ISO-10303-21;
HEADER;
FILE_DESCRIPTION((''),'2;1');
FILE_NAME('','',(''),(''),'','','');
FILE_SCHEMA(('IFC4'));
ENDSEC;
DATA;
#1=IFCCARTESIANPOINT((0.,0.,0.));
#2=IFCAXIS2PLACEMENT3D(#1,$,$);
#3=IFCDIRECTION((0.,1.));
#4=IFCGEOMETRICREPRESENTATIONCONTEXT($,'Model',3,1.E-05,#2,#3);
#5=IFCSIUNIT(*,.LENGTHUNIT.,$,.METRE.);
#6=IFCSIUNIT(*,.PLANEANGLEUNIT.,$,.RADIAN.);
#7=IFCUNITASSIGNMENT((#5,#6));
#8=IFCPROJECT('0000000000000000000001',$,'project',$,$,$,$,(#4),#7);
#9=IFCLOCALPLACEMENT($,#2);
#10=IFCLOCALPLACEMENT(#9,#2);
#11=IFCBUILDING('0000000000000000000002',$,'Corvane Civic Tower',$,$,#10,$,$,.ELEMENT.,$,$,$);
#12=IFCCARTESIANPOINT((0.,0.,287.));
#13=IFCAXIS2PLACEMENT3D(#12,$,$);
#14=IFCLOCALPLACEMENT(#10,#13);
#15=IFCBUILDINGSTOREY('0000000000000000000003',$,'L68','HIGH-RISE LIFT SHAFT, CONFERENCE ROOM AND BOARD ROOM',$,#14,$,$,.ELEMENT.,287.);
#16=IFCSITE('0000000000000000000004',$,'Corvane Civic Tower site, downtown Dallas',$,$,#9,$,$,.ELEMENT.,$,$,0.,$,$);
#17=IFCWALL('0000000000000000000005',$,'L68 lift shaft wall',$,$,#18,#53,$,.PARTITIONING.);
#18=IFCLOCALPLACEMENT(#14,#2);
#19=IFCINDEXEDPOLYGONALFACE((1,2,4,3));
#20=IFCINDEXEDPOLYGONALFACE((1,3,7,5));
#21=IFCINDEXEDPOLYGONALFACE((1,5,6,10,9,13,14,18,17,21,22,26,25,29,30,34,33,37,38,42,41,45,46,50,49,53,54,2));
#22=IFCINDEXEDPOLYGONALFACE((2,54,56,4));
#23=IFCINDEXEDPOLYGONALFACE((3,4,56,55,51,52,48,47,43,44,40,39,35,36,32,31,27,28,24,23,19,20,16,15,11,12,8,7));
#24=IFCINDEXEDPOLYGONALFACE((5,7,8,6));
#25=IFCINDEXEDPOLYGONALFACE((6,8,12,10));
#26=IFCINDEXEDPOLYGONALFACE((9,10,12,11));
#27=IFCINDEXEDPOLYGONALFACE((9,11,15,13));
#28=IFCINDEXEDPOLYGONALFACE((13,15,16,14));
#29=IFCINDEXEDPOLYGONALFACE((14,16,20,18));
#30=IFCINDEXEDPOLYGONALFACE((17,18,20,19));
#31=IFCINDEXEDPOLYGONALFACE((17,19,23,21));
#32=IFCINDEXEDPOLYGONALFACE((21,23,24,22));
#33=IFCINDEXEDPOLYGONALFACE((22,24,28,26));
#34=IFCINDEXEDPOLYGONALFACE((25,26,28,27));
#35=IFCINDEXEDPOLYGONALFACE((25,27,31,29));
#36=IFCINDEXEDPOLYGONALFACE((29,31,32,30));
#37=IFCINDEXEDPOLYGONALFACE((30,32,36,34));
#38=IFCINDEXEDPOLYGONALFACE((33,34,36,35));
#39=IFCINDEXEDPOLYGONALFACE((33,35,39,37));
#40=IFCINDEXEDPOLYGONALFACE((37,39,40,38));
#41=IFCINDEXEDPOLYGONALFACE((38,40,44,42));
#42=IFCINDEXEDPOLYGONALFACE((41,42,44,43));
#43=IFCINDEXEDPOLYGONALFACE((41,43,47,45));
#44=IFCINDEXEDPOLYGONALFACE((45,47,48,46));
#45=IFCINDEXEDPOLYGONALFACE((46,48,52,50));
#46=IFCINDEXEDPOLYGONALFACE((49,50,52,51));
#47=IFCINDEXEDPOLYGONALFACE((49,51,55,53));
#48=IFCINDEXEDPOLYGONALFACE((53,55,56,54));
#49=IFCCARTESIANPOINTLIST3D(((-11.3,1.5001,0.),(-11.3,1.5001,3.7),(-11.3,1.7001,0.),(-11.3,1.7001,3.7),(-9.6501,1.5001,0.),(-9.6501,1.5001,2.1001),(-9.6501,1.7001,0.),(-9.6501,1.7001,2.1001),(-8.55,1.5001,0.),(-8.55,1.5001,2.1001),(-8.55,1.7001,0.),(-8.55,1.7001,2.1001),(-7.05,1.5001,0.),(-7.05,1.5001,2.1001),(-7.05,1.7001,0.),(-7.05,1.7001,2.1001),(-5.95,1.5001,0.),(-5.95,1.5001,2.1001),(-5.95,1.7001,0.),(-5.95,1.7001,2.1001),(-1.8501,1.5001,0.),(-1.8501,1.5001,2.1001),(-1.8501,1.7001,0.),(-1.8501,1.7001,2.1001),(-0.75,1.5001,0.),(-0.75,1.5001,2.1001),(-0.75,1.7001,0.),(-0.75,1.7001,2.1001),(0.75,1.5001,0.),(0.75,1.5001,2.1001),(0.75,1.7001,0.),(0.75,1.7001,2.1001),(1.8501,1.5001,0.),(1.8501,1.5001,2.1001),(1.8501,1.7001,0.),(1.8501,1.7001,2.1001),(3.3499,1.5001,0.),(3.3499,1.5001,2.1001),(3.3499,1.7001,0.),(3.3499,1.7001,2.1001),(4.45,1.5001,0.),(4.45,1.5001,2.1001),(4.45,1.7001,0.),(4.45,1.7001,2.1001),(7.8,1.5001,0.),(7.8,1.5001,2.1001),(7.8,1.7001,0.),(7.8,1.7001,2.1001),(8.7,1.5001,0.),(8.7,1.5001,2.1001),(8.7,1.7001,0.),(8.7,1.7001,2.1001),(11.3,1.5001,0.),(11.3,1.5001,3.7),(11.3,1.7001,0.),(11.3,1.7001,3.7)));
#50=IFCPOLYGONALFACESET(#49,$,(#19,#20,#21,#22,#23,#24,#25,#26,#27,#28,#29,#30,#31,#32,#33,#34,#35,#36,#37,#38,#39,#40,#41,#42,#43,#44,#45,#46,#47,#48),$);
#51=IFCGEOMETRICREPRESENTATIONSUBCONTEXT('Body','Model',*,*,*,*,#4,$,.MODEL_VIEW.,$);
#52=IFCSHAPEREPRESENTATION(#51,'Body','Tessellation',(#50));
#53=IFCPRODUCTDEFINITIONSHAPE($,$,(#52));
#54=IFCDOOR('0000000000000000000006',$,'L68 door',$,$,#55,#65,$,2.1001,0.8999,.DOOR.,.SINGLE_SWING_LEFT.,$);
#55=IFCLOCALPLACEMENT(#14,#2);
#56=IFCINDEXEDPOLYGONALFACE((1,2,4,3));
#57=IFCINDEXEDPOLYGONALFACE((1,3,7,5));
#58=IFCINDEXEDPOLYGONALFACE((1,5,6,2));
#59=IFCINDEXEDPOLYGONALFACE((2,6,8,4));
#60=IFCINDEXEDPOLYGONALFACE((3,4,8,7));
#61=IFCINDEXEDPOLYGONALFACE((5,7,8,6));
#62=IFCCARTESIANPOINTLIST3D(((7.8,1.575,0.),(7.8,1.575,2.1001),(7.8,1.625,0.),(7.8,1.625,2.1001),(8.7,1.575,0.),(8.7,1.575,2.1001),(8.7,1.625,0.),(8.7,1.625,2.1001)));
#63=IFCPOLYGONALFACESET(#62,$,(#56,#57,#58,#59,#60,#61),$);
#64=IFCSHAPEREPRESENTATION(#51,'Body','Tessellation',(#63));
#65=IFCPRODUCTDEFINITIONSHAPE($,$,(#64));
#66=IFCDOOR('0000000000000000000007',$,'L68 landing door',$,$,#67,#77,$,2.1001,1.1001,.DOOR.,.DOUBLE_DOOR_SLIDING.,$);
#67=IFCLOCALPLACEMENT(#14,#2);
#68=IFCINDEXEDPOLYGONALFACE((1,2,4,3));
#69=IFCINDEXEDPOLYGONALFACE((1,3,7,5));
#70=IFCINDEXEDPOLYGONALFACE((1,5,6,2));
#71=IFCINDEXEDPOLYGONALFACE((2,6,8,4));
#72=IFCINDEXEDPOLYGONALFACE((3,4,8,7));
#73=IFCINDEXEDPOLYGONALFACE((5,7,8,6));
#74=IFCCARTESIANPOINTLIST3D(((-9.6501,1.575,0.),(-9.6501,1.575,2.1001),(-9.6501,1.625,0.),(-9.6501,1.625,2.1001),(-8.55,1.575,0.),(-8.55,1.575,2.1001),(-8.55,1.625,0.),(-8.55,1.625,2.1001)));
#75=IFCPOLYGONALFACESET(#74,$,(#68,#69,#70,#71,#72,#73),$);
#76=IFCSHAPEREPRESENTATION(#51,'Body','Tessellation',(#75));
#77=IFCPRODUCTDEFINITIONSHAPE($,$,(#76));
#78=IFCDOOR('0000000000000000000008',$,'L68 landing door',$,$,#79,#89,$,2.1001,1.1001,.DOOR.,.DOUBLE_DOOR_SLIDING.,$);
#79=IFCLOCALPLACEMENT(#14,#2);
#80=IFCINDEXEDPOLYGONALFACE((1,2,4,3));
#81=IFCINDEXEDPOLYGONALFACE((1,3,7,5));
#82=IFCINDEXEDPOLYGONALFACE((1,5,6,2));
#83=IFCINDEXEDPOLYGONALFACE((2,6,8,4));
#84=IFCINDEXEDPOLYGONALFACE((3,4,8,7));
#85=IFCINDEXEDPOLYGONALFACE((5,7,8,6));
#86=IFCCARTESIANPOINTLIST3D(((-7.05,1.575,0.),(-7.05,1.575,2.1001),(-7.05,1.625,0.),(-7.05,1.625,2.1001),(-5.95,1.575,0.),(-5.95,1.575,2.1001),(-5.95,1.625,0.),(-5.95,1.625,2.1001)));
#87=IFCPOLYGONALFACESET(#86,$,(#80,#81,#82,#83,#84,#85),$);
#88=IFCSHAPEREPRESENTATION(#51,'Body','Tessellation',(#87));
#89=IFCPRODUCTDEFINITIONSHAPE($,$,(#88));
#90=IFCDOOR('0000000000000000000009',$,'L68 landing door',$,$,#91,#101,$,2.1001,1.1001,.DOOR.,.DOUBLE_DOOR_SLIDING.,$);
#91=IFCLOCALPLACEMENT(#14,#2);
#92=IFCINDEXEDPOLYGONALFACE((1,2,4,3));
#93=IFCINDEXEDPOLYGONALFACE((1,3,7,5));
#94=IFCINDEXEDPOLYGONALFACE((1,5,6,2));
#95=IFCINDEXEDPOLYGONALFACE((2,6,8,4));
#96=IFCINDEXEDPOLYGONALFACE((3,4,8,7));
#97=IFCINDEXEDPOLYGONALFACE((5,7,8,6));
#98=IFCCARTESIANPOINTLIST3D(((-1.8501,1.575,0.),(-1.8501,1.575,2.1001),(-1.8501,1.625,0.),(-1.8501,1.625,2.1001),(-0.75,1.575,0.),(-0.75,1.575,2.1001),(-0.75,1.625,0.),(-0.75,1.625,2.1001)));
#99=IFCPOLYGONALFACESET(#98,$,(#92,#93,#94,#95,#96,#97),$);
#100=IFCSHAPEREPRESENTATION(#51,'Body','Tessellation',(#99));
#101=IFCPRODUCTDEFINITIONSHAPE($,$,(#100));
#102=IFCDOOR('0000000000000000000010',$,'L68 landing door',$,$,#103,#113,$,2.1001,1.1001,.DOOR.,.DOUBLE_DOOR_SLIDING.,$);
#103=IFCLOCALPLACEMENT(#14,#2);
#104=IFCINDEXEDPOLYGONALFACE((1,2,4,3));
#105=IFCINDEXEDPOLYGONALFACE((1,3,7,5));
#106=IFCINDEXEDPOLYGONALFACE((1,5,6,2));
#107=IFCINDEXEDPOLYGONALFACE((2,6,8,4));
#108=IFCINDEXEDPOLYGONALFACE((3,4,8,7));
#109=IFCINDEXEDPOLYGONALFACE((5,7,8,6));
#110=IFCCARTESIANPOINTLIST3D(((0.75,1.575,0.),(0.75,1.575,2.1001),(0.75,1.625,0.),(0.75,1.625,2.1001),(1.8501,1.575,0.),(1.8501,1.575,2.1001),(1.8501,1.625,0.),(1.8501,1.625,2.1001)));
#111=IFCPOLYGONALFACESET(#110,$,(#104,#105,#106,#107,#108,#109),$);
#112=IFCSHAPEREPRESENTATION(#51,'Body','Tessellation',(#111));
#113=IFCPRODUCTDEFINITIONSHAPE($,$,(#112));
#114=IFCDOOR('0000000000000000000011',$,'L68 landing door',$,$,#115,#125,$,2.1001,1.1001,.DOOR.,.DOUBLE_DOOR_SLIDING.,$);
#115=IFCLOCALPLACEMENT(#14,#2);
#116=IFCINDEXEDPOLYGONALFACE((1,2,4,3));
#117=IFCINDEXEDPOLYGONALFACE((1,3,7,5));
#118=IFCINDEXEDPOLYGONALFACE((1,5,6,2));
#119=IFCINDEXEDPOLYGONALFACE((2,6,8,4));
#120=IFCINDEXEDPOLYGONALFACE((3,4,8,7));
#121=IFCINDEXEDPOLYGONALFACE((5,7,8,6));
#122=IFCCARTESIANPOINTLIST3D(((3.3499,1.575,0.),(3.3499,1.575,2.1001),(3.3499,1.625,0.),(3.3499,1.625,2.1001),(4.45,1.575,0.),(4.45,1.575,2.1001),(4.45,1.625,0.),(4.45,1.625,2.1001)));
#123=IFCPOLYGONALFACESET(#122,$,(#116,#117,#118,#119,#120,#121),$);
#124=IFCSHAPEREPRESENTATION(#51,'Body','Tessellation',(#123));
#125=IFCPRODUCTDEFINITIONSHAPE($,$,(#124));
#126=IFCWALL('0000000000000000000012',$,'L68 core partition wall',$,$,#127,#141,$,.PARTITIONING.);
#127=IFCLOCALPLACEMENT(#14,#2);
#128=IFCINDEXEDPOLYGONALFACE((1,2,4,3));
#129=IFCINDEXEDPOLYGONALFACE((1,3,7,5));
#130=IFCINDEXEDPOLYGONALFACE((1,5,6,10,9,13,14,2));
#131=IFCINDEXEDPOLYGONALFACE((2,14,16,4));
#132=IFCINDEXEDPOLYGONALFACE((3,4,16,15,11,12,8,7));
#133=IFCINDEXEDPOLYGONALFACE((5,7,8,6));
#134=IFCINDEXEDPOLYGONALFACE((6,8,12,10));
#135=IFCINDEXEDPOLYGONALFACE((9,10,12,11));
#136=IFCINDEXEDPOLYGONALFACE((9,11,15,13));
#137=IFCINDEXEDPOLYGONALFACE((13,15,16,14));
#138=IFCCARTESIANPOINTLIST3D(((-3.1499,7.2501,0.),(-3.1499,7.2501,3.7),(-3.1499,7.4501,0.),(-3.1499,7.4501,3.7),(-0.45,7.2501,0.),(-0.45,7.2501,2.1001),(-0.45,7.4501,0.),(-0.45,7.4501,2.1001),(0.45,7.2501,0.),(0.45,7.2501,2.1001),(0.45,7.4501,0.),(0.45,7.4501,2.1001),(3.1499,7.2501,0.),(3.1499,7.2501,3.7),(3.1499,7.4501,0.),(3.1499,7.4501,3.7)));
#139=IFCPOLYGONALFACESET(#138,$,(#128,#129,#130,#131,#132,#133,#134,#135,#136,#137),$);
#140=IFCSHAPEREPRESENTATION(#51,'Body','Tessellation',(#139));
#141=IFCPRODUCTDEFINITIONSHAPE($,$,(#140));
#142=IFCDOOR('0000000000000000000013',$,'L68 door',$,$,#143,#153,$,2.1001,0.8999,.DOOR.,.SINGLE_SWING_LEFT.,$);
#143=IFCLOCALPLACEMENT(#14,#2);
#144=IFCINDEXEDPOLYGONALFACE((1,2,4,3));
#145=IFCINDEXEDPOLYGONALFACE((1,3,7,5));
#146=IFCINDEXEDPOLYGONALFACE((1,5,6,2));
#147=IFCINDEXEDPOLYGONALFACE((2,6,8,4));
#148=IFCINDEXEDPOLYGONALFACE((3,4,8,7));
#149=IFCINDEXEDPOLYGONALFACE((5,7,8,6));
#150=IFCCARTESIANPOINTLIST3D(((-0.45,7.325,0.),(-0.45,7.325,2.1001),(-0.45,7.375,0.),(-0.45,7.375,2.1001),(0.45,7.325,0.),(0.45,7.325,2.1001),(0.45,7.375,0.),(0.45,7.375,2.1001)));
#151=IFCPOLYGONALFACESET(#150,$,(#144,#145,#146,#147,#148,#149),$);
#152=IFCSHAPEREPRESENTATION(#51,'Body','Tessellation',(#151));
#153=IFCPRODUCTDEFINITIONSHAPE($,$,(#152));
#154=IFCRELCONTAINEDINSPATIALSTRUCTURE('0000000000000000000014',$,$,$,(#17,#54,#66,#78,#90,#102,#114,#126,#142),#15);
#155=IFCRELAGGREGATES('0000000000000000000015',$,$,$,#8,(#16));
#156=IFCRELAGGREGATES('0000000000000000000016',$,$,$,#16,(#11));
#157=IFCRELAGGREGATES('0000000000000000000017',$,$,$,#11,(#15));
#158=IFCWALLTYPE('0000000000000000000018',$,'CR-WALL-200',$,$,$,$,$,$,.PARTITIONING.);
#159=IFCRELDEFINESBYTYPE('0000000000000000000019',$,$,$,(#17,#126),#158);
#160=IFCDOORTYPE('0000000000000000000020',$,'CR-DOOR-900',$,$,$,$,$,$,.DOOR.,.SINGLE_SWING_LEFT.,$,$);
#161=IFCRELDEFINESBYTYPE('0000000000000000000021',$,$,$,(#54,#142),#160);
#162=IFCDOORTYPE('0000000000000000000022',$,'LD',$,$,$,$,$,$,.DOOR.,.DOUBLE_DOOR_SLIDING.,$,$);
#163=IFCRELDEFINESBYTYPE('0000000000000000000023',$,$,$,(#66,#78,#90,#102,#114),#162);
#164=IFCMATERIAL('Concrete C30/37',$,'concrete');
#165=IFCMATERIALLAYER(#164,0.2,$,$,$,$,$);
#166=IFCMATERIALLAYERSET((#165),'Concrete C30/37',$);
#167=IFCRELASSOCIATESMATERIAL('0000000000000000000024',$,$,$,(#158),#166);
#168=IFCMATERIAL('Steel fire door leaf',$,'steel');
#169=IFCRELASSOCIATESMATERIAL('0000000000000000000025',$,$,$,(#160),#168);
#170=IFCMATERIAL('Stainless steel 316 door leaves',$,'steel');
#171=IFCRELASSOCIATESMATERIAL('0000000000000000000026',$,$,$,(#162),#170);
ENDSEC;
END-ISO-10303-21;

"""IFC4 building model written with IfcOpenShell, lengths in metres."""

from ifc_helpers import new_model, si_unit, direction, frame, frame_2d, origin, place, context, subcontext, project, spatial, rectangle, extrude, material, layer, layer_set, type_object, element, fill, save


model = new_model("IFC4")

# Units and contexts
model_context = context("Model", 3, precision=1e-05, world=origin(), true_north=direction((0.0, 1.0)))
body_context = subcontext(model_context, "Body", "Model", "MODEL_VIEW")
ifc_project = project(units=[si_unit("LENGTHUNIT", "METRE"), si_unit("PLANEANGLEUNIT", "RADIAN")], contexts=[model_context])

# Site, building, storey
site_placement = place(None, origin())
site = spatial("IfcSite", under=ifc_project, at=site_placement, Name="Corvane Civic Tower site, downtown Dallas", CompositionType="ELEMENT", RefElevation=0.0)
building_placement = place(site_placement, origin())
building = spatial("IfcBuilding", under=site, at=building_placement, Name="Corvane Civic Tower", CompositionType="ELEMENT")
storey_placement = place(building_placement, frame((0.0, 0.0, 287.0)))
storey = spatial("IfcBuildingStorey", under=building, at=storey_placement, Name="L68", Description="HIGH-RISE LIFT SHAFT, CONFERENCE ROOM AND BOARD ROOM", CompositionType="ELEMENT", Elevation=287.0)

# Wall, openings, doors
ifc_material_1 = material(Name="Concrete C30/37", Category="concrete")
ifc_layer_1 = layer(ifc_material_1, 0.2)
ifc_layer_set_1 = layer_set([ifc_layer_1], Name="Concrete C30/37")
wall_type_1 = type_object("IfcWallType", Name="CR-WALL-200", PredefinedType="PARTITIONING", material=ifc_layer_set_1)
wall_1_placement = place(storey_placement, frame((-11.3, 1.6001, 0.0), z_axis=(0.0, 0.0, 1.0), x_axis=(1.0, 0.0, 0.0)))
wall_1 = element("IfcWall", 1, at=wall_1_placement, inside=storey, type_object=wall_type_1, Name="L68 lift shaft wall", PredefinedType="PARTITIONING", context=body_context, shape_type="SweptSolid", body=[
    extrude(rectangle(XDim=22.6001, YDim=0.2, at=frame_2d((11.3, 0.0))), origin(), (0.0, 0.0, 1.0), 3.7),
])
opening_1_placement = place(wall_1_placement, frame((1.6499, 0.0, 0.0)))
opening_1 = element("IfcOpeningElement", 2, at=opening_1_placement, cuts=wall_1, PredefinedType="OPENING", context=body_context, shape_type="SweptSolid", body=[
    extrude(rectangle(XDim=1.1001, YDim=2.1001, at=frame_2d((0.55, 1.05))), frame((0.0, 0.1099, 0.0), z_axis=(0.0, -1.0, 0.0), x_axis=(1.0, 0.0, 0.0)), (0.0, 0.0, 1.0), 0.22),
])
opening_2_placement = place(wall_1_placement, frame((4.25, 0.0, 0.0)))
opening_2 = element("IfcOpeningElement", 3, at=opening_2_placement, cuts=wall_1, PredefinedType="OPENING", context=body_context, shape_type="SweptSolid", body=[
    extrude(rectangle(XDim=1.1001, YDim=2.1001, at=frame_2d((0.55, 1.05))), frame((0.0, 0.1099, 0.0), z_axis=(0.0, -1.0, 0.0), x_axis=(1.0, 0.0, 0.0)), (0.0, 0.0, 1.0), 0.22),
])
opening_3_placement = place(wall_1_placement, frame((9.45, 0.0, 0.0)))
opening_3 = element("IfcOpeningElement", 4, at=opening_3_placement, cuts=wall_1, PredefinedType="OPENING", context=body_context, shape_type="SweptSolid", body=[
    extrude(rectangle(XDim=1.1001, YDim=2.1001, at=frame_2d((0.55, 1.05))), frame((0.0, 0.1099, 0.0), z_axis=(0.0, -1.0, 0.0), x_axis=(1.0, 0.0, 0.0)), (0.0, 0.0, 1.0), 0.22),
])
opening_4_placement = place(wall_1_placement, frame((12.05, 0.0, 0.0)))
opening_4 = element("IfcOpeningElement", 5, at=opening_4_placement, cuts=wall_1, PredefinedType="OPENING", context=body_context, shape_type="SweptSolid", body=[
    extrude(rectangle(XDim=1.1001, YDim=2.1001, at=frame_2d((0.55, 1.05))), frame((0.0, 0.1099, 0.0), z_axis=(0.0, -1.0, 0.0), x_axis=(1.0, 0.0, 0.0)), (0.0, 0.0, 1.0), 0.22),
])
opening_5_placement = place(wall_1_placement, frame((14.6499, 0.0, 0.0)))
opening_5 = element("IfcOpeningElement", 6, at=opening_5_placement, cuts=wall_1, PredefinedType="OPENING", context=body_context, shape_type="SweptSolid", body=[
    extrude(rectangle(XDim=1.1001, YDim=2.1001, at=frame_2d((0.55, 1.05))), frame((0.0, 0.1099, 0.0), z_axis=(0.0, -1.0, 0.0), x_axis=(1.0, 0.0, 0.0)), (0.0, 0.0, 1.0), 0.22),
])
opening_6_placement = place(wall_1_placement, frame((19.1001, 0.0, 0.0)))
opening_6 = element("IfcOpeningElement", 7, at=opening_6_placement, cuts=wall_1, PredefinedType="OPENING", context=body_context, shape_type="SweptSolid", body=[
    extrude(rectangle(XDim=0.8999, YDim=2.1001, at=frame_2d((0.45, 1.05))), frame((0.0, 0.1099, 0.0), z_axis=(0.0, -1.0, 0.0), x_axis=(1.0, 0.0, 0.0)), (0.0, 0.0, 1.0), 0.22),
])
ifc_material_2 = material(Name="Steel fire door leaf", Category="steel")
door_type_1 = type_object("IfcDoorType", Name="CR-DOOR-900", OperationType="SINGLE_SWING_LEFT", PredefinedType="DOOR", material=ifc_material_2)
door_1_placement = place(opening_6_placement, origin())
door_1 = element("IfcDoor", 8, at=door_1_placement, inside=storey, type_object=door_type_1, Name="L68 door", OperationType="SINGLE_SWING_LEFT", OverallHeight=2.1001, OverallWidth=0.8999, PredefinedType="DOOR", context=body_context, shape_type="SweptSolid", body=[
    extrude(rectangle(XDim=0.8999, YDim=2.1001, at=frame_2d((0.45, 1.05))), frame((0.0, 0.0249, 0.0), z_axis=(0.0, -1.0, 0.0), x_axis=(1.0, 0.0, 0.0)), (0.0, 0.0, 1.0), 0.05),
])
fill(opening_6, door_1)
ifc_material_3 = material(Name="Stainless steel 316 door leaves", Category="steel")
door_type_2 = type_object("IfcDoorType", Name="LD", OperationType="DOUBLE_DOOR_SLIDING", PredefinedType="DOOR", material=ifc_material_3)
door_2_placement = place(opening_1_placement, origin())
door_2 = element("IfcDoor", 9, at=door_2_placement, inside=storey, type_object=door_type_2, Name="L68 landing door", OperationType="DOUBLE_DOOR_SLIDING", OverallHeight=2.1001, OverallWidth=1.1001, PredefinedType="DOOR", context=body_context, shape_type="SweptSolid", body=[
    extrude(rectangle(XDim=1.1001, YDim=2.1001, at=frame_2d((0.55, 1.05))), frame((0.0, 0.0249, 0.0), z_axis=(0.0, -1.0, 0.0), x_axis=(1.0, 0.0, 0.0)), (0.0, 0.0, 1.0), 0.05),
])
fill(opening_1, door_2)
door_3_placement = place(opening_2_placement, origin())
door_3 = element("IfcDoor", 10, at=door_3_placement, inside=storey, type_object=door_type_2, Name="L68 landing door", OperationType="DOUBLE_DOOR_SLIDING", OverallHeight=2.1001, OverallWidth=1.1001, PredefinedType="DOOR", context=body_context, shape_type="SweptSolid", body=[
    extrude(rectangle(XDim=1.1001, YDim=2.1001, at=frame_2d((0.55, 1.05))), frame((0.0, 0.0249, 0.0), z_axis=(0.0, -1.0, 0.0), x_axis=(1.0, 0.0, 0.0)), (0.0, 0.0, 1.0), 0.05),
])
fill(opening_2, door_3)
door_4_placement = place(opening_3_placement, origin())
door_4 = element("IfcDoor", 11, at=door_4_placement, inside=storey, type_object=door_type_2, Name="L68 landing door", OperationType="DOUBLE_DOOR_SLIDING", OverallHeight=2.1001, OverallWidth=1.1001, PredefinedType="DOOR", context=body_context, shape_type="SweptSolid", body=[
    extrude(rectangle(XDim=1.1001, YDim=2.1001, at=frame_2d((0.55, 1.05))), frame((0.0, 0.0249, 0.0), z_axis=(0.0, -1.0, 0.0), x_axis=(1.0, 0.0, 0.0)), (0.0, 0.0, 1.0), 0.05),
])
fill(opening_3, door_4)
door_5_placement = place(opening_4_placement, origin())
door_5 = element("IfcDoor", 12, at=door_5_placement, inside=storey, type_object=door_type_2, Name="L68 landing door", OperationType="DOUBLE_DOOR_SLIDING", OverallHeight=2.1001, OverallWidth=1.1001, PredefinedType="DOOR", context=body_context, shape_type="SweptSolid", body=[
    extrude(rectangle(XDim=1.1001, YDim=2.1001, at=frame_2d((0.55, 1.05))), frame((0.0, 0.0249, 0.0), z_axis=(0.0, -1.0, 0.0), x_axis=(1.0, 0.0, 0.0)), (0.0, 0.0, 1.0), 0.05),
])
fill(opening_4, door_5)
door_6_placement = place(opening_5_placement, origin())
door_6 = element("IfcDoor", 13, at=door_6_placement, inside=storey, type_object=door_type_2, Name="L68 landing door", OperationType="DOUBLE_DOOR_SLIDING", OverallHeight=2.1001, OverallWidth=1.1001, PredefinedType="DOOR", context=body_context, shape_type="SweptSolid", body=[
    extrude(rectangle(XDim=1.1001, YDim=2.1001, at=frame_2d((0.55, 1.05))), frame((0.0, 0.0249, 0.0), z_axis=(0.0, -1.0, 0.0), x_axis=(1.0, 0.0, 0.0)), (0.0, 0.0, 1.0), 0.05),
])
fill(opening_5, door_6)

# Wall, opening, door
wall_2_placement = place(storey_placement, frame((-3.1499, 7.3501, 0.0), z_axis=(0.0, 0.0, 1.0), x_axis=(1.0, 0.0, 0.0)))
wall_2 = element("IfcWall", 14, at=wall_2_placement, inside=storey, type_object=wall_type_1, Name="L68 core partition wall", PredefinedType="PARTITIONING", context=body_context, shape_type="SweptSolid", body=[
    extrude(rectangle(XDim=6.2998, YDim=0.2, at=frame_2d((3.1499, 0.0))), origin(), (0.0, 0.0, 1.0), 3.7),
])
opening_7_placement = place(wall_2_placement, frame((2.7, 0.0, 0.0)))
opening_7 = element("IfcOpeningElement", 15, at=opening_7_placement, cuts=wall_2, PredefinedType="OPENING", context=body_context, shape_type="SweptSolid", body=[
    extrude(rectangle(XDim=0.8999, YDim=2.1001, at=frame_2d((0.45, 1.05))), frame((0.0, 0.1099, 0.0), z_axis=(0.0, -1.0, 0.0), x_axis=(1.0, 0.0, 0.0)), (0.0, 0.0, 1.0), 0.22),
])
door_7_placement = place(opening_7_placement, origin())
door_7 = element("IfcDoor", 16, at=door_7_placement, inside=storey, type_object=door_type_1, Name="L68 door", OperationType="SINGLE_SWING_LEFT", OverallHeight=2.1001, OverallWidth=0.8999, PredefinedType="DOOR", context=body_context, shape_type="SweptSolid", body=[
    extrude(rectangle(XDim=0.8999, YDim=2.1001, at=frame_2d((0.45, 1.05))), frame((0.0, 0.0249, 0.0), z_axis=(0.0, -1.0, 0.0), x_axis=(1.0, 0.0, 0.0)), (0.0, 0.0, 1.0), 0.05),
])
fill(opening_7, door_7)

save(model, "model.ifc")
